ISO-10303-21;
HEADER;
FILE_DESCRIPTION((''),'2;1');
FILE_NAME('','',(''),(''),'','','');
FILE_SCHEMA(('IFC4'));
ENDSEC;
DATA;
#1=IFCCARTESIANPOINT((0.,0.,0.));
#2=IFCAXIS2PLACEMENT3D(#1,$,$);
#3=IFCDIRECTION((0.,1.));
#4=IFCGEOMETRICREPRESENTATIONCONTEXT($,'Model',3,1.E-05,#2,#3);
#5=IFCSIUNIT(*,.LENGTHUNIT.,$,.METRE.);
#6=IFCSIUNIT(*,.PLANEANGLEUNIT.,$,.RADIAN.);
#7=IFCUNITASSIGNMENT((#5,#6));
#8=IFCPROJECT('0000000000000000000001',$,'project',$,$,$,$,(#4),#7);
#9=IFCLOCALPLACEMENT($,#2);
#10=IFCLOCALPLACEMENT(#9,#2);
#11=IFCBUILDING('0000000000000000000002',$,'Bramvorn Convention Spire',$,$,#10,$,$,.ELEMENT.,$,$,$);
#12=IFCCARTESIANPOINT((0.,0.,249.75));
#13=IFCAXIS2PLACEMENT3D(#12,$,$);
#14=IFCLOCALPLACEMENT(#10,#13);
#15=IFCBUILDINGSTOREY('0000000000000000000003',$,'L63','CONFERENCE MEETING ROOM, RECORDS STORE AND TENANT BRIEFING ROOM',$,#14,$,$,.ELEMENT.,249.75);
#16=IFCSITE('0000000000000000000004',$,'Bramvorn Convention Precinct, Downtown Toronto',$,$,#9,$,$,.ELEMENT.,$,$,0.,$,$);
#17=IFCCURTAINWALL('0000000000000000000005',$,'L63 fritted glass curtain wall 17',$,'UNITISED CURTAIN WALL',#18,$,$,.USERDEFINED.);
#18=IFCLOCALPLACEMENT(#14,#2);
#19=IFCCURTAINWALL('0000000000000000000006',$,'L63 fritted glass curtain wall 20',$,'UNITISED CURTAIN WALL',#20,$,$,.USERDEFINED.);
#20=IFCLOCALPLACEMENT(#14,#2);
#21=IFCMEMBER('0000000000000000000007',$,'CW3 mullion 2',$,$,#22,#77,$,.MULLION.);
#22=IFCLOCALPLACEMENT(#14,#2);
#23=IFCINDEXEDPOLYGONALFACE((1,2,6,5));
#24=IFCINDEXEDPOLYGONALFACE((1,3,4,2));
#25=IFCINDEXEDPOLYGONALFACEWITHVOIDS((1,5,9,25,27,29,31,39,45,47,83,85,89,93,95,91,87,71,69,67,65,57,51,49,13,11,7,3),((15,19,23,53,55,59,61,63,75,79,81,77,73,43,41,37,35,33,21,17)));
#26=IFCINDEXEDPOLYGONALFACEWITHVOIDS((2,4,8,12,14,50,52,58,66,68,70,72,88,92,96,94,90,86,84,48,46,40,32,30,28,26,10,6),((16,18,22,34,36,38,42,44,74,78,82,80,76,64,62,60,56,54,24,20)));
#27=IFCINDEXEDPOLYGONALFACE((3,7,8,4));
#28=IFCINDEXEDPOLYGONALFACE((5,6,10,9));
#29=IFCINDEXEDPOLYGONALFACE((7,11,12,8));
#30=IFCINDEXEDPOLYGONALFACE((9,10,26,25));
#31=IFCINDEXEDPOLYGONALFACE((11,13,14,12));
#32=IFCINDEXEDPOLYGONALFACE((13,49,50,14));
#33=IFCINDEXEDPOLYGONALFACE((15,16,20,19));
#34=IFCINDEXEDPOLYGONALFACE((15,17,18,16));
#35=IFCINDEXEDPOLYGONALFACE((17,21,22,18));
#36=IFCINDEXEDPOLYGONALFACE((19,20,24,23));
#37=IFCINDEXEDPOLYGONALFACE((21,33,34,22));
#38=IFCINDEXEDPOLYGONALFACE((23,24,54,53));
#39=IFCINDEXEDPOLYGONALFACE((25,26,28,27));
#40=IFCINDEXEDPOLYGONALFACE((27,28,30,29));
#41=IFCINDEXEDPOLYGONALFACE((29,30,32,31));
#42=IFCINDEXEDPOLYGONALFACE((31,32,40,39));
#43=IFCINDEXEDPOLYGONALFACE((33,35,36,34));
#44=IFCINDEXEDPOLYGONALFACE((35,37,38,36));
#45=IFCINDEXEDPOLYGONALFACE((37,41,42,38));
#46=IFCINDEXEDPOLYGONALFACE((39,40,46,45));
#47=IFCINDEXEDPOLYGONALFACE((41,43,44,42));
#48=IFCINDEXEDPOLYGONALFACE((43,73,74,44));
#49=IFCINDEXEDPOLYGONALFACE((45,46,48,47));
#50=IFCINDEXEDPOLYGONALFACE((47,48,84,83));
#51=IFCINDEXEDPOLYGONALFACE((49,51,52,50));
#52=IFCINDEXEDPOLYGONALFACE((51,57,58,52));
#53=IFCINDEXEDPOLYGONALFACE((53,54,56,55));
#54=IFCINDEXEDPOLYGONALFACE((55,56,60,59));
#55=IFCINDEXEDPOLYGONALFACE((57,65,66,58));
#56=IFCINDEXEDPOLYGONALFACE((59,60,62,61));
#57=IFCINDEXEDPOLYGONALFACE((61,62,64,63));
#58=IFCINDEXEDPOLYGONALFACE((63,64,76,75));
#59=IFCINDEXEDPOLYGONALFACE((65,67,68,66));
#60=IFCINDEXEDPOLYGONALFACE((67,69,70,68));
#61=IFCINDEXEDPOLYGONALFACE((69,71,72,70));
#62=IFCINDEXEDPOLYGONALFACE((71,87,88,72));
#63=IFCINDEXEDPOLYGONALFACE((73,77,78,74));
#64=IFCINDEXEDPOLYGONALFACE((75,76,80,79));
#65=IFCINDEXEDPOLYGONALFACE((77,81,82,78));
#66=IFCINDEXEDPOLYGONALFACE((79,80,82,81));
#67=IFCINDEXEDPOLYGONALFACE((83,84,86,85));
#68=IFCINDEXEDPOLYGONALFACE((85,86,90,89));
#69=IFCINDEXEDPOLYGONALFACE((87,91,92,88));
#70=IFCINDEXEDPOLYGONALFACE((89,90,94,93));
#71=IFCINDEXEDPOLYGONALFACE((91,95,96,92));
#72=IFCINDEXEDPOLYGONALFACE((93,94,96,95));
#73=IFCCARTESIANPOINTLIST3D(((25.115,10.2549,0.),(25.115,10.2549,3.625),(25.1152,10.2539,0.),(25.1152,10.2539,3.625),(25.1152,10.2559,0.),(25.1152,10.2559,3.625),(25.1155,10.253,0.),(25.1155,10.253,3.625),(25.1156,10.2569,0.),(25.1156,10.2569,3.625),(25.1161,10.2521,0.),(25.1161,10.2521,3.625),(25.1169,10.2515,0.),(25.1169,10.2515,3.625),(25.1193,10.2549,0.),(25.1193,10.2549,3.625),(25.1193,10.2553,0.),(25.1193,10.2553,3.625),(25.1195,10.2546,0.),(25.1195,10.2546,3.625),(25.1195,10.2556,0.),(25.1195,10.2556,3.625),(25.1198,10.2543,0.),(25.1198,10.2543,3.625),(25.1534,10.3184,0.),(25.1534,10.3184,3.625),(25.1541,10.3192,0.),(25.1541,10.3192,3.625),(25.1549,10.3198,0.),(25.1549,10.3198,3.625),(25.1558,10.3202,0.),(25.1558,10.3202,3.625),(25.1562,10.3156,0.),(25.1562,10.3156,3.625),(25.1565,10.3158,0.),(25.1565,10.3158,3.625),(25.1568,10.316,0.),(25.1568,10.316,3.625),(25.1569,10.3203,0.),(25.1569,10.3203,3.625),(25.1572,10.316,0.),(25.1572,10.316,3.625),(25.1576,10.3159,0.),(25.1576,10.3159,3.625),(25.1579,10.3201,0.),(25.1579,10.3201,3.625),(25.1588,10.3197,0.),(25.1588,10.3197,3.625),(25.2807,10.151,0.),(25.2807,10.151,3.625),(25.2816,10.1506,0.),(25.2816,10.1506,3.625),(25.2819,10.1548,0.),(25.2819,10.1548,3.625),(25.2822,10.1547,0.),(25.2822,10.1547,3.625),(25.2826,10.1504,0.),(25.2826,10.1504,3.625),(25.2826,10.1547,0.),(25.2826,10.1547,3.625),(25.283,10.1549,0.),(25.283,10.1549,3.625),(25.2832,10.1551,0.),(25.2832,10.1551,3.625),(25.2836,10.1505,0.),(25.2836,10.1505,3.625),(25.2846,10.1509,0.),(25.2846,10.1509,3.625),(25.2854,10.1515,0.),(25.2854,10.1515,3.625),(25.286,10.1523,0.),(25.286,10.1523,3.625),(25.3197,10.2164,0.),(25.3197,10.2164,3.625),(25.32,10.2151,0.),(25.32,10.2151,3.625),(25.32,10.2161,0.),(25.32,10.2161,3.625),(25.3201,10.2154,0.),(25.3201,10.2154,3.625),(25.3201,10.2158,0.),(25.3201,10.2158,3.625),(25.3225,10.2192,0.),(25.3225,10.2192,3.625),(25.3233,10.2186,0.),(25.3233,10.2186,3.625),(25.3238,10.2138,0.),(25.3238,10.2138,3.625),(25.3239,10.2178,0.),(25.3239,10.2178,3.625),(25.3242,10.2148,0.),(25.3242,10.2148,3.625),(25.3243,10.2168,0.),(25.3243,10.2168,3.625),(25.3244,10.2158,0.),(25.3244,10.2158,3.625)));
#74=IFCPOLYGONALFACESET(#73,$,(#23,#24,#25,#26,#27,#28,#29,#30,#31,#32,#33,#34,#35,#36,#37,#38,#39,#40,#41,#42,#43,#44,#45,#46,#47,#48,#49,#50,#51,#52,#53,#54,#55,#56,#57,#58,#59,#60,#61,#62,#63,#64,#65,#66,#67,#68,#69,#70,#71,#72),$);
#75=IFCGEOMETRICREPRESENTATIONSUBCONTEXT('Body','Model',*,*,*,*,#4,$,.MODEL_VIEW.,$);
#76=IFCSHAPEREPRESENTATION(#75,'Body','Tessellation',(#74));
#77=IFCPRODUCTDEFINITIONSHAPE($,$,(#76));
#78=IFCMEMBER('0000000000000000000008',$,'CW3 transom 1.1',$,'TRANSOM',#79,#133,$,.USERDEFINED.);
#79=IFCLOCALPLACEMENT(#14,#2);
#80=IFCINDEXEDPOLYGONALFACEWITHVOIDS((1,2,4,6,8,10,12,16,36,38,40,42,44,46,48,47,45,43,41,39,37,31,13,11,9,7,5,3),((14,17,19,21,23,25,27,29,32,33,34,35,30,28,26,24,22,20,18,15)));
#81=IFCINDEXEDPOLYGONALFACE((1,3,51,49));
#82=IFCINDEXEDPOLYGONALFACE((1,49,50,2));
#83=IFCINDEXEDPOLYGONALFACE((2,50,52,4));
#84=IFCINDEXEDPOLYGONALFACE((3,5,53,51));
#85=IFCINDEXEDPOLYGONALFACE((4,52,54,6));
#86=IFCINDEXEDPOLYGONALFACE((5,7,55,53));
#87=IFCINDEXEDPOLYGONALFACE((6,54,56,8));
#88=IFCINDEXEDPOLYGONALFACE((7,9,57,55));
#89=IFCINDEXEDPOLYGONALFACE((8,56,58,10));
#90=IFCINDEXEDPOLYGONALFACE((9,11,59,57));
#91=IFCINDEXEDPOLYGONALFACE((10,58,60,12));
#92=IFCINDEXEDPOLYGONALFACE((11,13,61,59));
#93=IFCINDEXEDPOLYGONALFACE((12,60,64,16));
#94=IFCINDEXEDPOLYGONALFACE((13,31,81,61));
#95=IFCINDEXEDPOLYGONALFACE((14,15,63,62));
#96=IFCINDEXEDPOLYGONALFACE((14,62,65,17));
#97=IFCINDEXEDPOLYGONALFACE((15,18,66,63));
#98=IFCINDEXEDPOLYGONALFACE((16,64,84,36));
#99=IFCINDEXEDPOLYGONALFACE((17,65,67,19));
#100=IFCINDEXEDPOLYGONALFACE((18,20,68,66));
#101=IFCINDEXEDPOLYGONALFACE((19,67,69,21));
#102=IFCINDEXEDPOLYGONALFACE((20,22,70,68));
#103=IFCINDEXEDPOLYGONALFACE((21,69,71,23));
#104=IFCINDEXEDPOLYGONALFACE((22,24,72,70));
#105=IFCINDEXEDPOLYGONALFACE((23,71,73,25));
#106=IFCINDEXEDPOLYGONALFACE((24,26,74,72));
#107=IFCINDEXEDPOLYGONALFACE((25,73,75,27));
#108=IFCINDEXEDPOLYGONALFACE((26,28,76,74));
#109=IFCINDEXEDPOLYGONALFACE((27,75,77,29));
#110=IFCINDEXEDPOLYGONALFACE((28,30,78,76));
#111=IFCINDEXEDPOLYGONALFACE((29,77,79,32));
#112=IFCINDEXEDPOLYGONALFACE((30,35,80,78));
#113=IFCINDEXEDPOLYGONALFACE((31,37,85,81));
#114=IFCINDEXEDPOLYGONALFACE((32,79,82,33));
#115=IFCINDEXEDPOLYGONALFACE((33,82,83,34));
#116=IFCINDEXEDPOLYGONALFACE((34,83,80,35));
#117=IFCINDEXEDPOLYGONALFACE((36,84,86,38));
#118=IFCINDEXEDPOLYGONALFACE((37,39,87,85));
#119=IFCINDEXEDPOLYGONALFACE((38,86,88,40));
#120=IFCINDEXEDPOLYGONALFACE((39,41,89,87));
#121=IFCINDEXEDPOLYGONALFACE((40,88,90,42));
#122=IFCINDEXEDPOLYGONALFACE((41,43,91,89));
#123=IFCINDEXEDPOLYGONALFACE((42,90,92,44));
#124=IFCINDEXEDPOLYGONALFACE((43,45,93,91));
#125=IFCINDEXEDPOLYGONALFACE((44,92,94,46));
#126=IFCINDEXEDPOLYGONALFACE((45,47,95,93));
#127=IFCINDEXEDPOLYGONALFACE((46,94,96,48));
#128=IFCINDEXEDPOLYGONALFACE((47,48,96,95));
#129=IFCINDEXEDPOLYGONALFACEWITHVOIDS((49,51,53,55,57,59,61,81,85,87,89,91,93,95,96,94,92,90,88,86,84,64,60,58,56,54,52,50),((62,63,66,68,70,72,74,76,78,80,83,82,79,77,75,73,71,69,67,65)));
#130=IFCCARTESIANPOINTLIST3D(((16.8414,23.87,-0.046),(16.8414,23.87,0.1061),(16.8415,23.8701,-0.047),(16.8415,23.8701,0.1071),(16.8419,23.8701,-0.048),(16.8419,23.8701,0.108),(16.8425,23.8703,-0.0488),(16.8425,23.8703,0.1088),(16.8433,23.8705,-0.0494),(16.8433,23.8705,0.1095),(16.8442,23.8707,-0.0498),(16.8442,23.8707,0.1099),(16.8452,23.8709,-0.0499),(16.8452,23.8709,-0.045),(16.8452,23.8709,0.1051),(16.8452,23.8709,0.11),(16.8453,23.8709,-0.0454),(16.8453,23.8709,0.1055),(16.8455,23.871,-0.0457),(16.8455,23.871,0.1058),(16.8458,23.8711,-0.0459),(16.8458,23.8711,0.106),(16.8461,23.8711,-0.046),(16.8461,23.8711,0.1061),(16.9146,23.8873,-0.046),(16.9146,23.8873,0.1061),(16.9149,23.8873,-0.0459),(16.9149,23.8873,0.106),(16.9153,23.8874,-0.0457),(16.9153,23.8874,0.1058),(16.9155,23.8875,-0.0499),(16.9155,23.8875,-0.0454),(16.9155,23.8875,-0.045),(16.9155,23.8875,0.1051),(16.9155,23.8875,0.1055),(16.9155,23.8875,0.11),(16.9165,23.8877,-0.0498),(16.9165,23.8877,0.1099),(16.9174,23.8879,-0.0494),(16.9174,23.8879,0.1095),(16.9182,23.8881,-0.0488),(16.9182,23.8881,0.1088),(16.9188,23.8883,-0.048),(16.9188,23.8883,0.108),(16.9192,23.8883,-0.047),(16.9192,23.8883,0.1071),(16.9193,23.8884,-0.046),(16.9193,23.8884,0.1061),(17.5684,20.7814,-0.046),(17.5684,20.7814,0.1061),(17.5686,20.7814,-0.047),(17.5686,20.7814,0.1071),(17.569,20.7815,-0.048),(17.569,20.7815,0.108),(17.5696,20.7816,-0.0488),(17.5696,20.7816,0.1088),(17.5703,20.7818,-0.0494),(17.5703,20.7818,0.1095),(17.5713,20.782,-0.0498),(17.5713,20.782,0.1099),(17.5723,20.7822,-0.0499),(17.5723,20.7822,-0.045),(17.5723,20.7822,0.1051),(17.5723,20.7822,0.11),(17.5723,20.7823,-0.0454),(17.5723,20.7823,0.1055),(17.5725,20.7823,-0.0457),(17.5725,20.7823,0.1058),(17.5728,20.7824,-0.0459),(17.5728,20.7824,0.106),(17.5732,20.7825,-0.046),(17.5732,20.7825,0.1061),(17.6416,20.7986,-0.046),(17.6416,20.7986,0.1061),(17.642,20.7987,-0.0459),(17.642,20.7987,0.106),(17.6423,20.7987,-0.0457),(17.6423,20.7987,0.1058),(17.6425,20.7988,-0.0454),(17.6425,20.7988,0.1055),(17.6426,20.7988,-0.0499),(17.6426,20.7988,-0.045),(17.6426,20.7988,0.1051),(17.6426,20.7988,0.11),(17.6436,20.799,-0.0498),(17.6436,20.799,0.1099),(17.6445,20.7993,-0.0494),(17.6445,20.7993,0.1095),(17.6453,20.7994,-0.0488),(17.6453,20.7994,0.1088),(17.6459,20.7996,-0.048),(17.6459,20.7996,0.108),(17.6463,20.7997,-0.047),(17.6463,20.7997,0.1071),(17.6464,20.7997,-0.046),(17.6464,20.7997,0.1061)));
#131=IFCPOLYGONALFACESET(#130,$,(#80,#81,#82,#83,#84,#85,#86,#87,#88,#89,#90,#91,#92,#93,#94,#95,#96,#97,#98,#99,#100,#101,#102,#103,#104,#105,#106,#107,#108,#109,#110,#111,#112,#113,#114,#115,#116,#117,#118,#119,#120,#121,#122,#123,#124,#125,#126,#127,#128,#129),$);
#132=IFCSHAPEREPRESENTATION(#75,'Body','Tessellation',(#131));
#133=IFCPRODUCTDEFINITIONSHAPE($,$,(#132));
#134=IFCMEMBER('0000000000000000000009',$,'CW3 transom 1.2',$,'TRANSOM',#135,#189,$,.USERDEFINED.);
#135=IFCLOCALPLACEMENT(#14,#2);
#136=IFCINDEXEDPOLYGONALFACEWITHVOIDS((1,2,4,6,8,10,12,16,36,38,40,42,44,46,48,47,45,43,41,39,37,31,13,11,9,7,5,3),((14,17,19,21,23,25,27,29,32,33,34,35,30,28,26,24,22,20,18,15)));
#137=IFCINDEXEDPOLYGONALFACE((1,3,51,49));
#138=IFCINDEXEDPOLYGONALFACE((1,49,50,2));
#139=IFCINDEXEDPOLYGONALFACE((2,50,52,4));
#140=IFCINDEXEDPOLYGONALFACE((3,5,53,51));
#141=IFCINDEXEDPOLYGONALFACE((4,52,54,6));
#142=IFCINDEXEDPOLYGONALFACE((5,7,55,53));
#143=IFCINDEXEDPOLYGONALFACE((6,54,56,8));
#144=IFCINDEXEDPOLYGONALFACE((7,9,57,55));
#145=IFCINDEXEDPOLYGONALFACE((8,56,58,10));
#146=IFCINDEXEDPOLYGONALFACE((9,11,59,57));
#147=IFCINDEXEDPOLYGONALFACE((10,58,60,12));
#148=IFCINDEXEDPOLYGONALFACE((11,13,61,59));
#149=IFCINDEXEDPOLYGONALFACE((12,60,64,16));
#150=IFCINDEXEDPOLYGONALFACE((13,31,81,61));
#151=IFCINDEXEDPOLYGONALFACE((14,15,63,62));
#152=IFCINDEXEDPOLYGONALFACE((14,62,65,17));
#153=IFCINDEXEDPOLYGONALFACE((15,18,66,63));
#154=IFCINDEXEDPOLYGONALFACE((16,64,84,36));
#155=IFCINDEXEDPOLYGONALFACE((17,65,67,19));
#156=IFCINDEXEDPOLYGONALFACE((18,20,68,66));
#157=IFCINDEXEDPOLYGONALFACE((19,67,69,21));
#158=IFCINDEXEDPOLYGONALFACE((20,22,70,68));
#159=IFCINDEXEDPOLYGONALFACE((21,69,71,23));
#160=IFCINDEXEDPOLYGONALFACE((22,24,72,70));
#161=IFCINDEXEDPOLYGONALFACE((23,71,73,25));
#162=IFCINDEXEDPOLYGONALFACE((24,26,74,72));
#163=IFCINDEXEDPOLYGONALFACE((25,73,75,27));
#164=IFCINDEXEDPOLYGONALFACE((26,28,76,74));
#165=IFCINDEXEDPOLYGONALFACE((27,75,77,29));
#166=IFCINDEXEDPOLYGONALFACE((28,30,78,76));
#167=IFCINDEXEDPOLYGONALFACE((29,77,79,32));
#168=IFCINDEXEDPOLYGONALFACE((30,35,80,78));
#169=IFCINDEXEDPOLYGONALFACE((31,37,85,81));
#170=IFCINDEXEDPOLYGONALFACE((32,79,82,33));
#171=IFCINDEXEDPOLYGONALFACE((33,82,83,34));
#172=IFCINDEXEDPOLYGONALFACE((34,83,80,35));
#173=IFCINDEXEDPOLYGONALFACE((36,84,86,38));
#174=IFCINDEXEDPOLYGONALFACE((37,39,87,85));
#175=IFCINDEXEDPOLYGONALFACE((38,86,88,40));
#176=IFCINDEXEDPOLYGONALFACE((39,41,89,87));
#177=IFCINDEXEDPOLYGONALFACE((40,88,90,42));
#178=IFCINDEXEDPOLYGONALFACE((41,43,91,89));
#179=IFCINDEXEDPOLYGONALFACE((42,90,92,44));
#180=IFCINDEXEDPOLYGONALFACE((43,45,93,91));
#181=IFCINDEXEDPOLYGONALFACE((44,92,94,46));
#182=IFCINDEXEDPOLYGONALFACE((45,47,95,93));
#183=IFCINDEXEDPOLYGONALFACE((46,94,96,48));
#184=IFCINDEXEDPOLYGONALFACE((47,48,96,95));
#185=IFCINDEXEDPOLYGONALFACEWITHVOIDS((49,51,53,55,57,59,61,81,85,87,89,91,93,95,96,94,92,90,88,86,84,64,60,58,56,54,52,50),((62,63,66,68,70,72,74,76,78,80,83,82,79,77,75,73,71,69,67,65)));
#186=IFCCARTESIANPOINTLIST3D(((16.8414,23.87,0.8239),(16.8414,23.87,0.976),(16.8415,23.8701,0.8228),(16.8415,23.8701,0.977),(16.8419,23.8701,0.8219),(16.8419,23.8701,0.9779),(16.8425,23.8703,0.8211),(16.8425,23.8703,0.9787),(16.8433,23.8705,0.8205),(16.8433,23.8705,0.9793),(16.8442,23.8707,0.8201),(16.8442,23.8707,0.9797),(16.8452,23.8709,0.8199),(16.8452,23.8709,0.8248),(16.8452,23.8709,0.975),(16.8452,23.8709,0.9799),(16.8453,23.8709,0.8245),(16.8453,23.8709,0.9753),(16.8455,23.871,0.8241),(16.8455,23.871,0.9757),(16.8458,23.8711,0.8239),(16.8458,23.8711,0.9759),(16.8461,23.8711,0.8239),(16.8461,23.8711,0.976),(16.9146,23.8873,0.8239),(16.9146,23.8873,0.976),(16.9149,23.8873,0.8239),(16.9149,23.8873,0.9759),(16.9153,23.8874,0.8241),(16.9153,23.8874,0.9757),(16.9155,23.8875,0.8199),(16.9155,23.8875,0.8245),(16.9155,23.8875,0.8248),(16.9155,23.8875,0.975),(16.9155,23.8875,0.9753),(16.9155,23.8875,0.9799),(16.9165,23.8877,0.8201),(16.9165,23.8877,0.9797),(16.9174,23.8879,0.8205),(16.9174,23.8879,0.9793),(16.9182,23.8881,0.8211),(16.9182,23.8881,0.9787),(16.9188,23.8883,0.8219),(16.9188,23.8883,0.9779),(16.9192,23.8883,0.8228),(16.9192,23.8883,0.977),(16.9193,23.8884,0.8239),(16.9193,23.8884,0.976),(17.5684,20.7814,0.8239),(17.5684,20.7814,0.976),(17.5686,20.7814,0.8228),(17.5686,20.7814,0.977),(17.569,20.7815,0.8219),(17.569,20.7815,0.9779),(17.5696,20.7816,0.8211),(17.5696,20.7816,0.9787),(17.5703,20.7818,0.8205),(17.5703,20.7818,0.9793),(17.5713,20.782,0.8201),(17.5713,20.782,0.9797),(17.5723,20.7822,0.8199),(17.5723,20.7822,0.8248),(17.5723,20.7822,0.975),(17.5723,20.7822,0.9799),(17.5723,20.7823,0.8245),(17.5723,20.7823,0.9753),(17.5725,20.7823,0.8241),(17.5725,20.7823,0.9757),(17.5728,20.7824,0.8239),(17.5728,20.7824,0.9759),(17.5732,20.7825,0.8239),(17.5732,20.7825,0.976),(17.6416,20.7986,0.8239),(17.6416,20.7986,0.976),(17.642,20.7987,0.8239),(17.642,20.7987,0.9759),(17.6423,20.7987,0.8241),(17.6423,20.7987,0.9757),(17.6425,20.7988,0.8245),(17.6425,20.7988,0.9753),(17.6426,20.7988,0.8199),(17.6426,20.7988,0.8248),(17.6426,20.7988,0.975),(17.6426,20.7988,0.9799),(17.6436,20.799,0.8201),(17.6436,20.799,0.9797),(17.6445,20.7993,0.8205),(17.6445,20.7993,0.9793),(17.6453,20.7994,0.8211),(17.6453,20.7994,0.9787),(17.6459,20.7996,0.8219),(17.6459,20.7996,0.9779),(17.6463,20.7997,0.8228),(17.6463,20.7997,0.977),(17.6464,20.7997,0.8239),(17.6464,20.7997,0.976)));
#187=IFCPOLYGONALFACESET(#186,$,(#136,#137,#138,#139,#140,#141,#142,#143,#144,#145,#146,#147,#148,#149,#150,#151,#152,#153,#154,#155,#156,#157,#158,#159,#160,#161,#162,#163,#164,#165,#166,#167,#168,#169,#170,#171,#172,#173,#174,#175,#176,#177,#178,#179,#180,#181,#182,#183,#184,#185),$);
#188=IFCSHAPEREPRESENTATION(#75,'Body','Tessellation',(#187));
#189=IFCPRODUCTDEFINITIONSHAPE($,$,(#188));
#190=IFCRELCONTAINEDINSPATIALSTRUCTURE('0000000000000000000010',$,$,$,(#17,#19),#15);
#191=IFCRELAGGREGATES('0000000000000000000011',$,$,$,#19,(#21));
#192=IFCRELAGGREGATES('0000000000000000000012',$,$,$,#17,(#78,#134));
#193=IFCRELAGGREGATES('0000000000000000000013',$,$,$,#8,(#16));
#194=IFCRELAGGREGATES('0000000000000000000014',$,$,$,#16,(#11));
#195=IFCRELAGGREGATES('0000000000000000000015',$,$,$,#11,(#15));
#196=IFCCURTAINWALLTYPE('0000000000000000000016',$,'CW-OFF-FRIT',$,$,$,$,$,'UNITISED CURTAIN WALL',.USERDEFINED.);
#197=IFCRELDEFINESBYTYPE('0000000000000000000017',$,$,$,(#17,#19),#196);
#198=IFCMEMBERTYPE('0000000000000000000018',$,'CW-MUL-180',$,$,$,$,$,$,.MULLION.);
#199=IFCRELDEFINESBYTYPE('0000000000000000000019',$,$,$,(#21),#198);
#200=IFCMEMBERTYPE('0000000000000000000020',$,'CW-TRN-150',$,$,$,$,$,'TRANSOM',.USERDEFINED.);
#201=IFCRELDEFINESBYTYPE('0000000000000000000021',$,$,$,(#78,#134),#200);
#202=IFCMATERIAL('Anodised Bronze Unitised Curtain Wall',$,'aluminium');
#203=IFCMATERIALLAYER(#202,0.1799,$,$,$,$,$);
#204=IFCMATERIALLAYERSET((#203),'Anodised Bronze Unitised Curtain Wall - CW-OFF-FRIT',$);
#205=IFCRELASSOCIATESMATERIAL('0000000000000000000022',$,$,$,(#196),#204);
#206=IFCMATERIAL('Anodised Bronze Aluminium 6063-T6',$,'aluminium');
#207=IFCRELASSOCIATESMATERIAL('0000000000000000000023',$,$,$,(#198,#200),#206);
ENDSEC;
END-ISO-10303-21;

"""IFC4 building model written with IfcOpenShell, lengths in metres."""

from ifc_helpers import new_model, si_unit, direction, frame, origin, origin_2d, place, context, subcontext, project, spatial, hollow_rectangle, extrude, material, layer, layer_set, material_profile, profile_set, type_object, element, aggregate, save


model = new_model("IFC4")

# Units and contexts
model_context = context("Model", 3, precision=1e-05, world=origin(), true_north=direction((0.0, 1.0)))
body_context = subcontext(model_context, "Body", "Model", "MODEL_VIEW")
ifc_project = project(units=[si_unit("LENGTHUNIT", "METRE"), si_unit("PLANEANGLEUNIT", "RADIAN")], contexts=[model_context])

# Site, building, storey
site_placement = place(None, origin())
site = spatial("IfcSite", under=ifc_project, at=site_placement, Name="Bramvorn Convention Precinct, Downtown Toronto", CompositionType="ELEMENT", RefElevation=0.0)
building_placement = place(site_placement, origin())
building = spatial("IfcBuilding", under=site, at=building_placement, Name="Bramvorn Convention Spire", CompositionType="ELEMENT")
storey_placement = place(building_placement, frame((0.0, 0.0, 249.75)))
storey = spatial("IfcBuildingStorey", under=building, at=storey_placement, Name="L63", Description="CONFERENCE MEETING ROOM, RECORDS STORE AND TENANT BRIEFING ROOM", CompositionType="ELEMENT", Elevation=249.75)

# Curtain wall
ifc_material_1 = material(Name="Anodised Bronze Unitised Curtain Wall", Category="aluminium")
ifc_layer_1 = layer(ifc_material_1, 0.1799)
ifc_layer_set_1 = layer_set([ifc_layer_1], Name="Anodised Bronze Unitised Curtain Wall - CW-OFF-FRIT")
curtain_wall_type = type_object("IfcCurtainWallType", Name="CW-OFF-FRIT", ElementType="UNITISED CURTAIN WALL", PredefinedType="USERDEFINED", material=ifc_layer_set_1)
curtain_wall_1_placement = place(storey_placement, origin())
curtain_wall_1 = element("IfcCurtainWall", 1, at=curtain_wall_1_placement, inside=storey, type_object=curtain_wall_type, Name="L63 fritted glass curtain wall 17", ObjectType="UNITISED CURTAIN WALL", PredefinedType="USERDEFINED")
ifc_material_2 = material(Name="Anodised Bronze Aluminium 6063-T6", Category="aluminium")
ifc_material_profile_1 = material_profile(ifc_material_2, hollow_rectangle(XDim=0.0801, YDim=0.2, WallThickness=0.0039, InnerFilletRadius=0.001, OuterFilletRadius=0.0039, at=origin_2d()))
ifc_profile_set_1 = profile_set([ifc_material_profile_1], Name="Anodised Bronze Aluminium 6063-T6 - CWM80X200")
member_type_1 = type_object("IfcMemberType", Name="CW-MUL-180", PredefinedType="MULLION", material=ifc_profile_set_1)

# Curtain wall, member
curtain_wall_2_placement = place(storey_placement, origin())
curtain_wall_2 = element("IfcCurtainWall", 2, at=curtain_wall_2_placement, inside=storey, type_object=curtain_wall_type, Name="L63 fritted glass curtain wall 20", ObjectType="UNITISED CURTAIN WALL", PredefinedType="USERDEFINED")
member_1_placement = place(storey_placement, frame((25.2197, 10.2354, 0.0), z_axis=(0.0, 0.0, 1.0), x_axis=(-0.523129, -0.852253, 0.0)))
member_1 = element("IfcMember", 3, at=member_1_placement, type_object=member_type_1, Name="CW3 mullion 2", PredefinedType="MULLION", context=body_context, shape_type="SweptSolid", body=[
    extrude(hollow_rectangle(XDim=0.0801, YDim=0.2, WallThickness=0.0039, InnerFilletRadius=0.001, OuterFilletRadius=0.0039, at=origin_2d()), origin(), (0.0, 0.0, 1.0), 3.625),
])
aggregate(curtain_wall_2, [member_1])

# Members
ifc_material_profile_2 = material_profile(ifc_material_2, hollow_rectangle(XDim=0.0801, YDim=0.1599, WallThickness=0.0039, InnerFilletRadius=0.001, OuterFilletRadius=0.0039, at=origin_2d()))
ifc_profile_set_2 = profile_set([ifc_material_profile_2], Name="Anodised Bronze Aluminium 6063-T6 - CWT80X160")
member_type_2 = type_object("IfcMemberType", Name="CW-TRN-150", ElementType="TRANSOM", PredefinedType="USERDEFINED", material=ifc_profile_set_2)
member_2_placement = place(storey_placement, frame((17.6074, 20.7905, 0.03), z_axis=(-0.229134, 0.973395, 0.0), x_axis=(-0.973395, -0.229134, 0.0)))
member_2 = element("IfcMember", 4, at=member_2_placement, type_object=member_type_2, Name="CW3 transom 1.1", ObjectType="TRANSOM", PredefinedType="USERDEFINED", context=body_context, shape_type="SweptSolid", body=[
    extrude(hollow_rectangle(XDim=0.0801, YDim=0.1599, WallThickness=0.0039, InnerFilletRadius=0.001, OuterFilletRadius=0.0039, at=origin_2d()), origin(), (0.0, 0.0, 1.0), 3.1731),
])
member_3_placement = place(storey_placement, frame((17.6074, 20.7905, 0.8999), z_axis=(-0.229134, 0.973395, 0.0), x_axis=(-0.973395, -0.229134, 0.0)))
member_3 = element("IfcMember", 5, at=member_3_placement, type_object=member_type_2, Name="CW3 transom 1.2", ObjectType="TRANSOM", PredefinedType="USERDEFINED", context=body_context, shape_type="SweptSolid", body=[
    extrude(hollow_rectangle(XDim=0.0801, YDim=0.1599, WallThickness=0.0039, InnerFilletRadius=0.001, OuterFilletRadius=0.0039, at=origin_2d()), origin(), (0.0, 0.0, 1.0), 3.1731),
])

aggregate(curtain_wall_1, [member_2, member_3])

save(model, "model.ifc")
